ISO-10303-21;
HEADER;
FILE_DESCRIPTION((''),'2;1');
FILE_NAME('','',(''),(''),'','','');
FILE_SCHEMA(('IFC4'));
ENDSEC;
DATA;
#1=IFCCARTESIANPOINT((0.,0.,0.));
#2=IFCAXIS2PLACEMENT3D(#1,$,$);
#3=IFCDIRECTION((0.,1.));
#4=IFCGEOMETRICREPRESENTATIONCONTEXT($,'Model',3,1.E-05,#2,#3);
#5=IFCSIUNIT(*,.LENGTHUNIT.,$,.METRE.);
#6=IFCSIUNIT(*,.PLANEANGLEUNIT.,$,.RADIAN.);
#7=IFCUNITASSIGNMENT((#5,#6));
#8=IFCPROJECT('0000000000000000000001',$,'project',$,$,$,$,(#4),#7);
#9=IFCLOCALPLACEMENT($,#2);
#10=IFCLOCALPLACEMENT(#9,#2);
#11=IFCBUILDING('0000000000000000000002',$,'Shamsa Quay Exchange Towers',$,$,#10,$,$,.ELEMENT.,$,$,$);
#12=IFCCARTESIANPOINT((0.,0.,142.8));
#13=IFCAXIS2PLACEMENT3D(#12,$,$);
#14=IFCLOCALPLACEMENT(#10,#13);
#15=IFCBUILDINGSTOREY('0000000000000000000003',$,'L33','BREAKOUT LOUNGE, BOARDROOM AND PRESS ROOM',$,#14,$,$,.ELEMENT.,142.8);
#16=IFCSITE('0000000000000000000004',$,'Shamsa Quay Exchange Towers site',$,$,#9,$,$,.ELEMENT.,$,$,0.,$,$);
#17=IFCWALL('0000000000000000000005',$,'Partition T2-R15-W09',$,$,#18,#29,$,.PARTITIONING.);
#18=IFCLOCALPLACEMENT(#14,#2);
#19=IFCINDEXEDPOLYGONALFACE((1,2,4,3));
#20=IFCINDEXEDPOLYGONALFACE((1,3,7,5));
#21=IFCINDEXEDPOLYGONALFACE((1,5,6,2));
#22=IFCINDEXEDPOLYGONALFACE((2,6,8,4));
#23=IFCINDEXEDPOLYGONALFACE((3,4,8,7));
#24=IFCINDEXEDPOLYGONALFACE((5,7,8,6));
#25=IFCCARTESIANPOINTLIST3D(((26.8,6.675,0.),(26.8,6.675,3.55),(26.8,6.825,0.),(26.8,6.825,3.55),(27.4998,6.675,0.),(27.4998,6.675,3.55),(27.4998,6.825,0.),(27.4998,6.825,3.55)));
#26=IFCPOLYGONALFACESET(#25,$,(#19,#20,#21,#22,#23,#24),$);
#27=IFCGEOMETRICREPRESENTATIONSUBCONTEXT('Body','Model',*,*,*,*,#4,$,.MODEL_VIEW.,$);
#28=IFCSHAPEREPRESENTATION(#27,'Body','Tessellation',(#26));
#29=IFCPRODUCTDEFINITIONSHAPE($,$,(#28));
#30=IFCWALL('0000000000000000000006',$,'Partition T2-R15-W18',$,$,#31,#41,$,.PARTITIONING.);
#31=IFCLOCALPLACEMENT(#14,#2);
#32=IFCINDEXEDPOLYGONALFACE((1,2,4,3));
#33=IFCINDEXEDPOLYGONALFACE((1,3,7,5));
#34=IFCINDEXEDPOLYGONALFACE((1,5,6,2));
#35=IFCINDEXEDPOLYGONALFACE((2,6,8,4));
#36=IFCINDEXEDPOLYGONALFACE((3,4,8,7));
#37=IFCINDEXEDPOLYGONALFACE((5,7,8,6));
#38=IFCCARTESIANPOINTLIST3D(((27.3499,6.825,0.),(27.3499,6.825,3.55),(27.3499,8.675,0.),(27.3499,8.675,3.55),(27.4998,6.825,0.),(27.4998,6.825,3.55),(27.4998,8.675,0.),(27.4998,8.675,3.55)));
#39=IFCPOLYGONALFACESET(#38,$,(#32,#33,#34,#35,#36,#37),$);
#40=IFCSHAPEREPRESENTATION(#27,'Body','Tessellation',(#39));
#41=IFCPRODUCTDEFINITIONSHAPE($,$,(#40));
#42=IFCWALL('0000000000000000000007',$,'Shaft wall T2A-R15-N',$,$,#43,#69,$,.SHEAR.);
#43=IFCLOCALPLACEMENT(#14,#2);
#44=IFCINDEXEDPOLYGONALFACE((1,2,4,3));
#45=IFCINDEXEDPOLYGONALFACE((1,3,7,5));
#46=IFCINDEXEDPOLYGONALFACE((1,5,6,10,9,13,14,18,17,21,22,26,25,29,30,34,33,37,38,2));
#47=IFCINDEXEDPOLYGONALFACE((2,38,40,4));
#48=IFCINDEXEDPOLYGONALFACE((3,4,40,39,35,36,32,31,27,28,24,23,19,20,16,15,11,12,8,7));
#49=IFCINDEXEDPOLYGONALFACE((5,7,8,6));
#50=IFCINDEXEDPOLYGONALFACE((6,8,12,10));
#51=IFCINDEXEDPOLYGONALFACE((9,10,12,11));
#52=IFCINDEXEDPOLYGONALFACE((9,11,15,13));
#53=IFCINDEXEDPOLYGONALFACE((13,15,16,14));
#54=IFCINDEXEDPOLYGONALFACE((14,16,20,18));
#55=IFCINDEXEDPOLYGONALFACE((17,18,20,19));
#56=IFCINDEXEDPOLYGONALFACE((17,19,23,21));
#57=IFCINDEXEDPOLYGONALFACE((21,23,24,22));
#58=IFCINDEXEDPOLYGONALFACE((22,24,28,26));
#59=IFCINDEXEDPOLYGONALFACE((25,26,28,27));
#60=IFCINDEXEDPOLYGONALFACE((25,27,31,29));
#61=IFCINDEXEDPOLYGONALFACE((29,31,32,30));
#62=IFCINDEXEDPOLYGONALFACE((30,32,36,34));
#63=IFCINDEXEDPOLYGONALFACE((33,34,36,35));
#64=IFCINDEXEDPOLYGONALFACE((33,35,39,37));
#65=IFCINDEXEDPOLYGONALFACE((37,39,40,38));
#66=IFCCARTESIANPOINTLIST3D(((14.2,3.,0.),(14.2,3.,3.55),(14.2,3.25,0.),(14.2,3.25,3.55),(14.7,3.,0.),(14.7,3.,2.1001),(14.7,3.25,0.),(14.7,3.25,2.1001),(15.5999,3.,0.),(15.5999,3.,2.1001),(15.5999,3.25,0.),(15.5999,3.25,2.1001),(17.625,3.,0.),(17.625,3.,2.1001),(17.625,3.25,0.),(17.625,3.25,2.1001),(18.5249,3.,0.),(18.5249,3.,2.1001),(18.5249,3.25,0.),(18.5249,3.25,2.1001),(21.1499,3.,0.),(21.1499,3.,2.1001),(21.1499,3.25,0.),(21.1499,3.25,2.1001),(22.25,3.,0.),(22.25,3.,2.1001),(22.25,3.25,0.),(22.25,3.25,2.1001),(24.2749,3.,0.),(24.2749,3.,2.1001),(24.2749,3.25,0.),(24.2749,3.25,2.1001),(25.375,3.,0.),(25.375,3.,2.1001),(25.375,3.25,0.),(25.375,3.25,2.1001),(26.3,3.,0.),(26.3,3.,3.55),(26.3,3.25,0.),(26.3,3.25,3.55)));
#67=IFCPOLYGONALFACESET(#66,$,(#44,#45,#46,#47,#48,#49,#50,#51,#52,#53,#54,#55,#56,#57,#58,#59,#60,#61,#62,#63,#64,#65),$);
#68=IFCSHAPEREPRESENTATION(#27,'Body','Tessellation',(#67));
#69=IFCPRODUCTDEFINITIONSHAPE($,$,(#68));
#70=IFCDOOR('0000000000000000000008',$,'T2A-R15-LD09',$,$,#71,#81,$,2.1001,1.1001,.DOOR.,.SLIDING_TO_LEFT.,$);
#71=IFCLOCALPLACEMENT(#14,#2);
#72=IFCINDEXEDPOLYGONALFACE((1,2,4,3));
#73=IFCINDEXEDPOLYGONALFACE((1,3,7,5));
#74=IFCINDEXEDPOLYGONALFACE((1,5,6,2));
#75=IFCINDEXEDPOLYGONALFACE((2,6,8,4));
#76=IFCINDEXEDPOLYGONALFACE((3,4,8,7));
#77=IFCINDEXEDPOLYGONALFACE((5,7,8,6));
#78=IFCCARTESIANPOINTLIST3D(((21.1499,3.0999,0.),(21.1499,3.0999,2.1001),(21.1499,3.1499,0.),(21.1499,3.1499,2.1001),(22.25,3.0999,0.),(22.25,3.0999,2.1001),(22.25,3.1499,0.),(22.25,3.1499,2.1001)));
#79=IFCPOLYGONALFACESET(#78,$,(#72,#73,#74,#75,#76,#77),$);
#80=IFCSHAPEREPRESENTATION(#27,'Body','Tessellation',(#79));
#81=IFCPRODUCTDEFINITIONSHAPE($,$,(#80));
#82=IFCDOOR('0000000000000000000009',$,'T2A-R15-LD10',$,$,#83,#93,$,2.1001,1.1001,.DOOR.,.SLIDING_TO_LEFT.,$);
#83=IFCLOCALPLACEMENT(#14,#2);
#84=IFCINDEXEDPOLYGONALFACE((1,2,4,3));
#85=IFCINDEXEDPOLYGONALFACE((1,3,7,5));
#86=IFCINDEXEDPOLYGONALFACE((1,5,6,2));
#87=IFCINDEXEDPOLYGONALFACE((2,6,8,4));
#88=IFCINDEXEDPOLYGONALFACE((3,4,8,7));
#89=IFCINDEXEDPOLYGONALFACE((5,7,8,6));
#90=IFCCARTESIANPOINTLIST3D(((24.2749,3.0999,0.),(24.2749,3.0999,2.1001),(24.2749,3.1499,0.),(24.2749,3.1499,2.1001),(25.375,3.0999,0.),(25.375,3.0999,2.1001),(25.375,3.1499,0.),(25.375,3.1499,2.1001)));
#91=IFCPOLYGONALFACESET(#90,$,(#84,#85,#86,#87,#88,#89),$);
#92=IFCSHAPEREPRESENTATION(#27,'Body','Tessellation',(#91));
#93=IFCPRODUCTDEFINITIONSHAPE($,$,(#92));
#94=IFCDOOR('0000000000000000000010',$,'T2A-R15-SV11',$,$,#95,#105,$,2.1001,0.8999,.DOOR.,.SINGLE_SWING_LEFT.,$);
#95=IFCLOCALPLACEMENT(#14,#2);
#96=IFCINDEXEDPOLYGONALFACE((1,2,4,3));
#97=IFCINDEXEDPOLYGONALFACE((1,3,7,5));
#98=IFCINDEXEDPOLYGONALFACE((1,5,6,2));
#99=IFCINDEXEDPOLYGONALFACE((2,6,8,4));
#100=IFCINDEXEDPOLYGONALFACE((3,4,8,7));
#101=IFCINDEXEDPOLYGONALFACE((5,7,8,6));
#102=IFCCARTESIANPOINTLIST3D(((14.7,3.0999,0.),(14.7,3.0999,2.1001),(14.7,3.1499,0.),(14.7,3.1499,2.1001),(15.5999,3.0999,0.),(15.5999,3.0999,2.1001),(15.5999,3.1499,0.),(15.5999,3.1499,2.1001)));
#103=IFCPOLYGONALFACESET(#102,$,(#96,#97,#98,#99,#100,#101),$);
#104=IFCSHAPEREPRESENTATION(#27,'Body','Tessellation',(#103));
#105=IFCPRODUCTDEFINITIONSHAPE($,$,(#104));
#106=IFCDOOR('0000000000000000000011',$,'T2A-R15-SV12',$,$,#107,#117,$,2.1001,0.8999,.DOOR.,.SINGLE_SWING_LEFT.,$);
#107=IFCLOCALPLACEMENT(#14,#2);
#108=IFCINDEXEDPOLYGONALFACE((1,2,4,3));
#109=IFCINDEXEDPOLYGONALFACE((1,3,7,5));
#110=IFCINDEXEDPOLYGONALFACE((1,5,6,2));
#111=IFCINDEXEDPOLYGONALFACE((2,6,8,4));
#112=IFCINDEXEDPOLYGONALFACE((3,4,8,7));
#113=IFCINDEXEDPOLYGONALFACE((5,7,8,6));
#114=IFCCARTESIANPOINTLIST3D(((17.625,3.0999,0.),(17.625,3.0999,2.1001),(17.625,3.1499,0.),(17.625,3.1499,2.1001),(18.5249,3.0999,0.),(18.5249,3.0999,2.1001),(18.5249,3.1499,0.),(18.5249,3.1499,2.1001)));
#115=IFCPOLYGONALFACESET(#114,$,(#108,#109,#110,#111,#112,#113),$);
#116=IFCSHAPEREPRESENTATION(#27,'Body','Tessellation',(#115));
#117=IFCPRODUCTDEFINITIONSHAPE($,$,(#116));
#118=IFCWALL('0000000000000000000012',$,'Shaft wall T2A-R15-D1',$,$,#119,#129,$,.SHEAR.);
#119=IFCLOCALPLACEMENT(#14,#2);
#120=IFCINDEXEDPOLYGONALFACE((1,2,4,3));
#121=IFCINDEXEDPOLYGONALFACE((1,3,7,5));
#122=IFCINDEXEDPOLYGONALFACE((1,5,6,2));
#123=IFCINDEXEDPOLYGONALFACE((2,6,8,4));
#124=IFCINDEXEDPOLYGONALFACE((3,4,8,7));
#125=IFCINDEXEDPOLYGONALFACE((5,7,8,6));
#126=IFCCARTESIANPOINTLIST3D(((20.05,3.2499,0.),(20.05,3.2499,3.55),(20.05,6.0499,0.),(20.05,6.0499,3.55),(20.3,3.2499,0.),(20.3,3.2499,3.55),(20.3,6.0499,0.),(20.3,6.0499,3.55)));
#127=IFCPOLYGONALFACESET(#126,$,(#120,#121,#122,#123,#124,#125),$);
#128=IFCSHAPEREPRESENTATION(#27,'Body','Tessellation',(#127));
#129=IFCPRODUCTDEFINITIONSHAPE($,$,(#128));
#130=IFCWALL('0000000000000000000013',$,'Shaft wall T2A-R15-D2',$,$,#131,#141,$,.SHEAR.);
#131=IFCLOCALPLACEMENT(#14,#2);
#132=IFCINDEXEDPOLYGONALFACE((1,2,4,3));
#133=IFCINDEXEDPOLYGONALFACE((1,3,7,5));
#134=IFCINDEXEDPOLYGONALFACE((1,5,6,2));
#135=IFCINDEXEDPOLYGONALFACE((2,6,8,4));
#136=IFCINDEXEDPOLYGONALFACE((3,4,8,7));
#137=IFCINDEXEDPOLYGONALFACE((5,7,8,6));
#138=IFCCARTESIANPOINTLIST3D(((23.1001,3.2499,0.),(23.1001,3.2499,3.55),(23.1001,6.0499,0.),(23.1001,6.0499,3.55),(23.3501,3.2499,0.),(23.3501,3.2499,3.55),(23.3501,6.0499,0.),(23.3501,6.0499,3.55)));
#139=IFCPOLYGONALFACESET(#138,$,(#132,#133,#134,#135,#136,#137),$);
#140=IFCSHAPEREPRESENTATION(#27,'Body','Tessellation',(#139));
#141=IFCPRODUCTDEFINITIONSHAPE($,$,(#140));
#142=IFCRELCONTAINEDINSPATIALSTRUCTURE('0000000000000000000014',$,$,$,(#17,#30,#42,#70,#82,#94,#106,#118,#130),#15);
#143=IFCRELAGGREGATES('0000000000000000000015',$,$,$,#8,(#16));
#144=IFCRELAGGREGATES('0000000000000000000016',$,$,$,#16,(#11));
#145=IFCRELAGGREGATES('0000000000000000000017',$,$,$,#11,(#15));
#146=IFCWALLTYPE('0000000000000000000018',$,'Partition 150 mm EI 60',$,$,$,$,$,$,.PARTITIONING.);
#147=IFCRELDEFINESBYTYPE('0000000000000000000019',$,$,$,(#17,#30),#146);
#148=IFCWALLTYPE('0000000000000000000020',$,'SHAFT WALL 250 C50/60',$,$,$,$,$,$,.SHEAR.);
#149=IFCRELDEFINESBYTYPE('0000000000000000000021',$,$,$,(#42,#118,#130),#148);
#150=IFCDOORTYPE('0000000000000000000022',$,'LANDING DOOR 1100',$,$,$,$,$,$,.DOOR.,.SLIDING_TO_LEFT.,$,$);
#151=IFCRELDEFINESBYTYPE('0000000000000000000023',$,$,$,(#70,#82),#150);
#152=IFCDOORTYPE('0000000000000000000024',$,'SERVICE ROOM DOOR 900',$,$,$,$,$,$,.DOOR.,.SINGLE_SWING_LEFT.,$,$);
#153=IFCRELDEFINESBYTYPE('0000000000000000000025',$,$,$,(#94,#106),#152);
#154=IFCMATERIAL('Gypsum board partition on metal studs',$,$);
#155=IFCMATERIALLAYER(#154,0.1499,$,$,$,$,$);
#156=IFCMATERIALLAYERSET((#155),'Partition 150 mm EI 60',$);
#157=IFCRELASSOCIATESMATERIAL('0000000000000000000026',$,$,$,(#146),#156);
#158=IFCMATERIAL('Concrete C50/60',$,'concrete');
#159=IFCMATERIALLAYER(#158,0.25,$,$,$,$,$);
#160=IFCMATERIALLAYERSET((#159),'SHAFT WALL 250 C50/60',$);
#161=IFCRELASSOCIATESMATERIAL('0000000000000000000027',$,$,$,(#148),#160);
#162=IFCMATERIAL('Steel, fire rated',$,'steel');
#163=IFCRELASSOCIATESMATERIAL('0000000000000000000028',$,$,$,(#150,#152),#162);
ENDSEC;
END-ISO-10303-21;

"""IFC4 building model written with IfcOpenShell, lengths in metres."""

from ifc_helpers import new_model, si_unit, direction, frame, frame_2d, origin, place, context, subcontext, project, spatial, rectangle, extrude, material, layer, layer_set, type_object, element, fill, save


model = new_model("IFC4")

# Units and contexts
model_context = context("Model", 3, precision=1e-05, world=origin(), true_north=direction((0.0, 1.0)))
body_context = subcontext(model_context, "Body", "Model", "MODEL_VIEW")
ifc_project = project(units=[si_unit("LENGTHUNIT", "METRE"), si_unit("PLANEANGLEUNIT", "RADIAN")], contexts=[model_context])

# Site, building, storey
site_placement = place(None, origin())
site = spatial("IfcSite", under=ifc_project, at=site_placement, Name="Shamsa Quay Exchange Towers site", CompositionType="ELEMENT", RefElevation=0.0)
building_placement = place(site_placement, origin())
building = spatial("IfcBuilding", under=site, at=building_placement, Name="Shamsa Quay Exchange Towers", CompositionType="ELEMENT")
storey_placement = place(building_placement, frame((0.0, 0.0, 142.8)))
storey = spatial("IfcBuildingStorey", under=building, at=storey_placement, Name="L33", Description="BREAKOUT LOUNGE, BOARDROOM AND PRESS ROOM", CompositionType="ELEMENT", Elevation=142.8)

# Shared definitions
ifc_material_1 = material(Name="Steel, fire rated", Category="steel")

# Walls
ifc_material_2 = material(Name="Gypsum board partition on metal studs")
ifc_layer_1 = layer(ifc_material_2, 0.1499)
ifc_layer_set_1 = layer_set([ifc_layer_1], Name="Partition 150 mm EI 60")
wall_type_1 = type_object("IfcWallType", Name="Partition 150 mm EI 60", PredefinedType="PARTITIONING", material=ifc_layer_set_1)
wall_1_placement = place(storey_placement, frame((27.4998, 6.75, 0.0), z_axis=(0.0, 0.0, 1.0), x_axis=(-1.0, 0.0, 0.0)))
element("IfcWall", 1, at=wall_1_placement, inside=storey, type_object=wall_type_1, Name="Partition T2-R15-W09", PredefinedType="PARTITIONING", context=body_context, shape_type="SweptSolid", body=[
    extrude(rectangle(XDim=0.6997, YDim=0.1499, at=frame_2d((0.3499, 0.0))), origin(), (0.0, 0.0, 1.0), 3.55),
])
wall_2_placement = place(storey_placement, frame((27.4248, 8.675, 0.0), z_axis=(0.0, 0.0, 1.0), x_axis=(0.0, -1.0, 0.0)))
element("IfcWall", 2, at=wall_2_placement, inside=storey, type_object=wall_type_1, Name="Partition T2-R15-W18", PredefinedType="PARTITIONING", context=body_context, shape_type="SweptSolid", body=[
    extrude(rectangle(XDim=1.8501, YDim=0.1499, at=frame_2d((0.925, 0.0))), origin(), (0.0, 0.0, 1.0), 3.55),
])

# Wall, openings, doors
ifc_material_3 = material(Name="Concrete C50/60", Category="concrete")
ifc_layer_2 = layer(ifc_material_3, 0.25)
ifc_layer_set_2 = layer_set([ifc_layer_2], Name="SHAFT WALL 250 C50/60")
wall_type_2 = type_object("IfcWallType", Name="SHAFT WALL 250 C50/60", PredefinedType="SHEAR", material=ifc_layer_set_2)
wall_3_placement = place(storey_placement, frame((14.2, 3.125, 0.0)))
wall_3 = element("IfcWall", 3, at=wall_3_placement, inside=storey, type_object=wall_type_2, Name="Shaft wall T2A-R15-N", PredefinedType="SHEAR", context=body_context, shape_type="SweptSolid", body=[
    extrude(rectangle(XDim=12.1001, YDim=0.25, at=frame_2d((6.05, 0.0))), origin(), (0.0, 0.0, 1.0), 3.55),
])
opening_1_placement = place(wall_3_placement, frame((6.95, 0.0, 0.0)))
opening_1 = element("IfcOpeningElement", 4, at=opening_1_placement, cuts=wall_3, PredefinedType="OPENING", context=body_context, shape_type="SweptSolid", body=[
    extrude(rectangle(XDim=1.1001, YDim=2.1001, at=frame_2d((0.55, 1.05))), frame((0.0, 0.135, 0.0), z_axis=(0.0, -1.0, 0.0), x_axis=(1.0, 0.0, 0.0)), (0.0, 0.0, 1.0), 0.27),
])
opening_2_placement = place(wall_3_placement, frame((10.075, 0.0, 0.0)))
opening_2 = element("IfcOpeningElement", 5, at=opening_2_placement, cuts=wall_3, PredefinedType="OPENING", context=body_context, shape_type="SweptSolid", body=[
    extrude(rectangle(XDim=1.1001, YDim=2.1001, at=frame_2d((0.55, 1.05))), frame((0.0, 0.135, 0.0), z_axis=(0.0, -1.0, 0.0), x_axis=(1.0, 0.0, 0.0)), (0.0, 0.0, 1.0), 0.27),
])
opening_3_placement = place(wall_3_placement, frame((0.5, 0.0, 0.0)))
opening_3 = element("IfcOpeningElement", 6, at=opening_3_placement, cuts=wall_3, PredefinedType="OPENING", context=body_context, shape_type="SweptSolid", body=[
    extrude(rectangle(XDim=0.8999, YDim=2.1001, at=frame_2d((0.45, 1.05))), frame((0.0, 0.135, 0.0), z_axis=(0.0, -1.0, 0.0), x_axis=(1.0, 0.0, 0.0)), (0.0, 0.0, 1.0), 0.27),
])
opening_4_placement = place(wall_3_placement, frame((3.425, 0.0, 0.0)))
opening_4 = element("IfcOpeningElement", 7, at=opening_4_placement, cuts=wall_3, PredefinedType="OPENING", context=body_context, shape_type="SweptSolid", body=[
    extrude(rectangle(XDim=0.8999, YDim=2.1001, at=frame_2d((0.45, 1.05))), frame((0.0, 0.135, 0.0), z_axis=(0.0, -1.0, 0.0), x_axis=(1.0, 0.0, 0.0)), (0.0, 0.0, 1.0), 0.27),
])
door_type_1 = type_object("IfcDoorType", Name="LANDING DOOR 1100", OperationType="SLIDING_TO_LEFT", PredefinedType="DOOR", material=ifc_material_1)
door_1_placement = place(opening_1_placement, origin())
door_1 = element("IfcDoor", 8, at=door_1_placement, inside=storey, type_object=door_type_1, Name="T2A-R15-LD09", OperationType="SLIDING_TO_LEFT", OverallHeight=2.1001, OverallWidth=1.1001, PredefinedType="DOOR", context=body_context, shape_type="SweptSolid", body=[
    extrude(rectangle(XDim=1.1001, YDim=2.1001, at=frame_2d((0.55, 1.05))), frame((0.0, 0.0249, 0.0), z_axis=(0.0, -1.0, 0.0), x_axis=(1.0, 0.0, 0.0)), (0.0, 0.0, 1.0), 0.05),
])
fill(opening_1, door_1)
door_2_placement = place(opening_2_placement, origin())
door_2 = element("IfcDoor", 9, at=door_2_placement, inside=storey, type_object=door_type_1, Name="T2A-R15-LD10", OperationType="SLIDING_TO_LEFT", OverallHeight=2.1001, OverallWidth=1.1001, PredefinedType="DOOR", context=body_context, shape_type="SweptSolid", body=[
    extrude(rectangle(XDim=1.1001, YDim=2.1001, at=frame_2d((0.55, 1.05))), frame((0.0, 0.0249, 0.0), z_axis=(0.0, -1.0, 0.0), x_axis=(1.0, 0.0, 0.0)), (0.0, 0.0, 1.0), 0.05),
])
fill(opening_2, door_2)
door_type_2 = type_object("IfcDoorType", Name="SERVICE ROOM DOOR 900", OperationType="SINGLE_SWING_LEFT", PredefinedType="DOOR", material=ifc_material_1)
door_3_placement = place(opening_3_placement, origin())
door_3 = element("IfcDoor", 10, at=door_3_placement, inside=storey, type_object=door_type_2, Name="T2A-R15-SV11", OperationType="SINGLE_SWING_LEFT", OverallHeight=2.1001, OverallWidth=0.8999, PredefinedType="DOOR", context=body_context, shape_type="SweptSolid", body=[
    extrude(rectangle(XDim=0.8999, YDim=2.1001, at=frame_2d((0.45, 1.05))), frame((0.0, 0.0249, 0.0), z_axis=(0.0, -1.0, 0.0), x_axis=(1.0, 0.0, 0.0)), (0.0, 0.0, 1.0), 0.05),
])
fill(opening_3, door_3)
door_4_placement = place(opening_4_placement, origin())
door_4 = element("IfcDoor", 11, at=door_4_placement, inside=storey, type_object=door_type_2, Name="T2A-R15-SV12", OperationType="SINGLE_SWING_LEFT", OverallHeight=2.1001, OverallWidth=0.8999, PredefinedType="DOOR", context=body_context, shape_type="SweptSolid", body=[
    extrude(rectangle(XDim=0.8999, YDim=2.1001, at=frame_2d((0.45, 1.05))), frame((0.0, 0.0249, 0.0), z_axis=(0.0, -1.0, 0.0), x_axis=(1.0, 0.0, 0.0)), (0.0, 0.0, 1.0), 0.05),
])
fill(opening_4, door_4)

# Walls
for number, where, z_axis, x_axis, name in (
    (12, (20.175, 3.25, 0.0), (0.0, 0.0, 1.0), (0.0, 1.0, 0.0), "Shaft wall T2A-R15-D1"),
    (13, (23.2251, 3.25, 0.0), (0.0, 0.0, 1.0), (0.0, 1.0, 0.0), "Shaft wall T2A-R15-D2"),
):
    element("IfcWall", number, at=place(storey_placement, frame(where, z_axis=z_axis, x_axis=x_axis)), inside=storey, type_object=wall_type_2, Name=name, PredefinedType="SHEAR", context=body_context, shape_type="SweptSolid", body=[
        extrude(rectangle(XDim=2.8, YDim=0.25, at=frame_2d((1.3999, 0.0))), origin(), (0.0, 0.0, 1.0), 3.55),
    ])

save(model, "model.ifc")
